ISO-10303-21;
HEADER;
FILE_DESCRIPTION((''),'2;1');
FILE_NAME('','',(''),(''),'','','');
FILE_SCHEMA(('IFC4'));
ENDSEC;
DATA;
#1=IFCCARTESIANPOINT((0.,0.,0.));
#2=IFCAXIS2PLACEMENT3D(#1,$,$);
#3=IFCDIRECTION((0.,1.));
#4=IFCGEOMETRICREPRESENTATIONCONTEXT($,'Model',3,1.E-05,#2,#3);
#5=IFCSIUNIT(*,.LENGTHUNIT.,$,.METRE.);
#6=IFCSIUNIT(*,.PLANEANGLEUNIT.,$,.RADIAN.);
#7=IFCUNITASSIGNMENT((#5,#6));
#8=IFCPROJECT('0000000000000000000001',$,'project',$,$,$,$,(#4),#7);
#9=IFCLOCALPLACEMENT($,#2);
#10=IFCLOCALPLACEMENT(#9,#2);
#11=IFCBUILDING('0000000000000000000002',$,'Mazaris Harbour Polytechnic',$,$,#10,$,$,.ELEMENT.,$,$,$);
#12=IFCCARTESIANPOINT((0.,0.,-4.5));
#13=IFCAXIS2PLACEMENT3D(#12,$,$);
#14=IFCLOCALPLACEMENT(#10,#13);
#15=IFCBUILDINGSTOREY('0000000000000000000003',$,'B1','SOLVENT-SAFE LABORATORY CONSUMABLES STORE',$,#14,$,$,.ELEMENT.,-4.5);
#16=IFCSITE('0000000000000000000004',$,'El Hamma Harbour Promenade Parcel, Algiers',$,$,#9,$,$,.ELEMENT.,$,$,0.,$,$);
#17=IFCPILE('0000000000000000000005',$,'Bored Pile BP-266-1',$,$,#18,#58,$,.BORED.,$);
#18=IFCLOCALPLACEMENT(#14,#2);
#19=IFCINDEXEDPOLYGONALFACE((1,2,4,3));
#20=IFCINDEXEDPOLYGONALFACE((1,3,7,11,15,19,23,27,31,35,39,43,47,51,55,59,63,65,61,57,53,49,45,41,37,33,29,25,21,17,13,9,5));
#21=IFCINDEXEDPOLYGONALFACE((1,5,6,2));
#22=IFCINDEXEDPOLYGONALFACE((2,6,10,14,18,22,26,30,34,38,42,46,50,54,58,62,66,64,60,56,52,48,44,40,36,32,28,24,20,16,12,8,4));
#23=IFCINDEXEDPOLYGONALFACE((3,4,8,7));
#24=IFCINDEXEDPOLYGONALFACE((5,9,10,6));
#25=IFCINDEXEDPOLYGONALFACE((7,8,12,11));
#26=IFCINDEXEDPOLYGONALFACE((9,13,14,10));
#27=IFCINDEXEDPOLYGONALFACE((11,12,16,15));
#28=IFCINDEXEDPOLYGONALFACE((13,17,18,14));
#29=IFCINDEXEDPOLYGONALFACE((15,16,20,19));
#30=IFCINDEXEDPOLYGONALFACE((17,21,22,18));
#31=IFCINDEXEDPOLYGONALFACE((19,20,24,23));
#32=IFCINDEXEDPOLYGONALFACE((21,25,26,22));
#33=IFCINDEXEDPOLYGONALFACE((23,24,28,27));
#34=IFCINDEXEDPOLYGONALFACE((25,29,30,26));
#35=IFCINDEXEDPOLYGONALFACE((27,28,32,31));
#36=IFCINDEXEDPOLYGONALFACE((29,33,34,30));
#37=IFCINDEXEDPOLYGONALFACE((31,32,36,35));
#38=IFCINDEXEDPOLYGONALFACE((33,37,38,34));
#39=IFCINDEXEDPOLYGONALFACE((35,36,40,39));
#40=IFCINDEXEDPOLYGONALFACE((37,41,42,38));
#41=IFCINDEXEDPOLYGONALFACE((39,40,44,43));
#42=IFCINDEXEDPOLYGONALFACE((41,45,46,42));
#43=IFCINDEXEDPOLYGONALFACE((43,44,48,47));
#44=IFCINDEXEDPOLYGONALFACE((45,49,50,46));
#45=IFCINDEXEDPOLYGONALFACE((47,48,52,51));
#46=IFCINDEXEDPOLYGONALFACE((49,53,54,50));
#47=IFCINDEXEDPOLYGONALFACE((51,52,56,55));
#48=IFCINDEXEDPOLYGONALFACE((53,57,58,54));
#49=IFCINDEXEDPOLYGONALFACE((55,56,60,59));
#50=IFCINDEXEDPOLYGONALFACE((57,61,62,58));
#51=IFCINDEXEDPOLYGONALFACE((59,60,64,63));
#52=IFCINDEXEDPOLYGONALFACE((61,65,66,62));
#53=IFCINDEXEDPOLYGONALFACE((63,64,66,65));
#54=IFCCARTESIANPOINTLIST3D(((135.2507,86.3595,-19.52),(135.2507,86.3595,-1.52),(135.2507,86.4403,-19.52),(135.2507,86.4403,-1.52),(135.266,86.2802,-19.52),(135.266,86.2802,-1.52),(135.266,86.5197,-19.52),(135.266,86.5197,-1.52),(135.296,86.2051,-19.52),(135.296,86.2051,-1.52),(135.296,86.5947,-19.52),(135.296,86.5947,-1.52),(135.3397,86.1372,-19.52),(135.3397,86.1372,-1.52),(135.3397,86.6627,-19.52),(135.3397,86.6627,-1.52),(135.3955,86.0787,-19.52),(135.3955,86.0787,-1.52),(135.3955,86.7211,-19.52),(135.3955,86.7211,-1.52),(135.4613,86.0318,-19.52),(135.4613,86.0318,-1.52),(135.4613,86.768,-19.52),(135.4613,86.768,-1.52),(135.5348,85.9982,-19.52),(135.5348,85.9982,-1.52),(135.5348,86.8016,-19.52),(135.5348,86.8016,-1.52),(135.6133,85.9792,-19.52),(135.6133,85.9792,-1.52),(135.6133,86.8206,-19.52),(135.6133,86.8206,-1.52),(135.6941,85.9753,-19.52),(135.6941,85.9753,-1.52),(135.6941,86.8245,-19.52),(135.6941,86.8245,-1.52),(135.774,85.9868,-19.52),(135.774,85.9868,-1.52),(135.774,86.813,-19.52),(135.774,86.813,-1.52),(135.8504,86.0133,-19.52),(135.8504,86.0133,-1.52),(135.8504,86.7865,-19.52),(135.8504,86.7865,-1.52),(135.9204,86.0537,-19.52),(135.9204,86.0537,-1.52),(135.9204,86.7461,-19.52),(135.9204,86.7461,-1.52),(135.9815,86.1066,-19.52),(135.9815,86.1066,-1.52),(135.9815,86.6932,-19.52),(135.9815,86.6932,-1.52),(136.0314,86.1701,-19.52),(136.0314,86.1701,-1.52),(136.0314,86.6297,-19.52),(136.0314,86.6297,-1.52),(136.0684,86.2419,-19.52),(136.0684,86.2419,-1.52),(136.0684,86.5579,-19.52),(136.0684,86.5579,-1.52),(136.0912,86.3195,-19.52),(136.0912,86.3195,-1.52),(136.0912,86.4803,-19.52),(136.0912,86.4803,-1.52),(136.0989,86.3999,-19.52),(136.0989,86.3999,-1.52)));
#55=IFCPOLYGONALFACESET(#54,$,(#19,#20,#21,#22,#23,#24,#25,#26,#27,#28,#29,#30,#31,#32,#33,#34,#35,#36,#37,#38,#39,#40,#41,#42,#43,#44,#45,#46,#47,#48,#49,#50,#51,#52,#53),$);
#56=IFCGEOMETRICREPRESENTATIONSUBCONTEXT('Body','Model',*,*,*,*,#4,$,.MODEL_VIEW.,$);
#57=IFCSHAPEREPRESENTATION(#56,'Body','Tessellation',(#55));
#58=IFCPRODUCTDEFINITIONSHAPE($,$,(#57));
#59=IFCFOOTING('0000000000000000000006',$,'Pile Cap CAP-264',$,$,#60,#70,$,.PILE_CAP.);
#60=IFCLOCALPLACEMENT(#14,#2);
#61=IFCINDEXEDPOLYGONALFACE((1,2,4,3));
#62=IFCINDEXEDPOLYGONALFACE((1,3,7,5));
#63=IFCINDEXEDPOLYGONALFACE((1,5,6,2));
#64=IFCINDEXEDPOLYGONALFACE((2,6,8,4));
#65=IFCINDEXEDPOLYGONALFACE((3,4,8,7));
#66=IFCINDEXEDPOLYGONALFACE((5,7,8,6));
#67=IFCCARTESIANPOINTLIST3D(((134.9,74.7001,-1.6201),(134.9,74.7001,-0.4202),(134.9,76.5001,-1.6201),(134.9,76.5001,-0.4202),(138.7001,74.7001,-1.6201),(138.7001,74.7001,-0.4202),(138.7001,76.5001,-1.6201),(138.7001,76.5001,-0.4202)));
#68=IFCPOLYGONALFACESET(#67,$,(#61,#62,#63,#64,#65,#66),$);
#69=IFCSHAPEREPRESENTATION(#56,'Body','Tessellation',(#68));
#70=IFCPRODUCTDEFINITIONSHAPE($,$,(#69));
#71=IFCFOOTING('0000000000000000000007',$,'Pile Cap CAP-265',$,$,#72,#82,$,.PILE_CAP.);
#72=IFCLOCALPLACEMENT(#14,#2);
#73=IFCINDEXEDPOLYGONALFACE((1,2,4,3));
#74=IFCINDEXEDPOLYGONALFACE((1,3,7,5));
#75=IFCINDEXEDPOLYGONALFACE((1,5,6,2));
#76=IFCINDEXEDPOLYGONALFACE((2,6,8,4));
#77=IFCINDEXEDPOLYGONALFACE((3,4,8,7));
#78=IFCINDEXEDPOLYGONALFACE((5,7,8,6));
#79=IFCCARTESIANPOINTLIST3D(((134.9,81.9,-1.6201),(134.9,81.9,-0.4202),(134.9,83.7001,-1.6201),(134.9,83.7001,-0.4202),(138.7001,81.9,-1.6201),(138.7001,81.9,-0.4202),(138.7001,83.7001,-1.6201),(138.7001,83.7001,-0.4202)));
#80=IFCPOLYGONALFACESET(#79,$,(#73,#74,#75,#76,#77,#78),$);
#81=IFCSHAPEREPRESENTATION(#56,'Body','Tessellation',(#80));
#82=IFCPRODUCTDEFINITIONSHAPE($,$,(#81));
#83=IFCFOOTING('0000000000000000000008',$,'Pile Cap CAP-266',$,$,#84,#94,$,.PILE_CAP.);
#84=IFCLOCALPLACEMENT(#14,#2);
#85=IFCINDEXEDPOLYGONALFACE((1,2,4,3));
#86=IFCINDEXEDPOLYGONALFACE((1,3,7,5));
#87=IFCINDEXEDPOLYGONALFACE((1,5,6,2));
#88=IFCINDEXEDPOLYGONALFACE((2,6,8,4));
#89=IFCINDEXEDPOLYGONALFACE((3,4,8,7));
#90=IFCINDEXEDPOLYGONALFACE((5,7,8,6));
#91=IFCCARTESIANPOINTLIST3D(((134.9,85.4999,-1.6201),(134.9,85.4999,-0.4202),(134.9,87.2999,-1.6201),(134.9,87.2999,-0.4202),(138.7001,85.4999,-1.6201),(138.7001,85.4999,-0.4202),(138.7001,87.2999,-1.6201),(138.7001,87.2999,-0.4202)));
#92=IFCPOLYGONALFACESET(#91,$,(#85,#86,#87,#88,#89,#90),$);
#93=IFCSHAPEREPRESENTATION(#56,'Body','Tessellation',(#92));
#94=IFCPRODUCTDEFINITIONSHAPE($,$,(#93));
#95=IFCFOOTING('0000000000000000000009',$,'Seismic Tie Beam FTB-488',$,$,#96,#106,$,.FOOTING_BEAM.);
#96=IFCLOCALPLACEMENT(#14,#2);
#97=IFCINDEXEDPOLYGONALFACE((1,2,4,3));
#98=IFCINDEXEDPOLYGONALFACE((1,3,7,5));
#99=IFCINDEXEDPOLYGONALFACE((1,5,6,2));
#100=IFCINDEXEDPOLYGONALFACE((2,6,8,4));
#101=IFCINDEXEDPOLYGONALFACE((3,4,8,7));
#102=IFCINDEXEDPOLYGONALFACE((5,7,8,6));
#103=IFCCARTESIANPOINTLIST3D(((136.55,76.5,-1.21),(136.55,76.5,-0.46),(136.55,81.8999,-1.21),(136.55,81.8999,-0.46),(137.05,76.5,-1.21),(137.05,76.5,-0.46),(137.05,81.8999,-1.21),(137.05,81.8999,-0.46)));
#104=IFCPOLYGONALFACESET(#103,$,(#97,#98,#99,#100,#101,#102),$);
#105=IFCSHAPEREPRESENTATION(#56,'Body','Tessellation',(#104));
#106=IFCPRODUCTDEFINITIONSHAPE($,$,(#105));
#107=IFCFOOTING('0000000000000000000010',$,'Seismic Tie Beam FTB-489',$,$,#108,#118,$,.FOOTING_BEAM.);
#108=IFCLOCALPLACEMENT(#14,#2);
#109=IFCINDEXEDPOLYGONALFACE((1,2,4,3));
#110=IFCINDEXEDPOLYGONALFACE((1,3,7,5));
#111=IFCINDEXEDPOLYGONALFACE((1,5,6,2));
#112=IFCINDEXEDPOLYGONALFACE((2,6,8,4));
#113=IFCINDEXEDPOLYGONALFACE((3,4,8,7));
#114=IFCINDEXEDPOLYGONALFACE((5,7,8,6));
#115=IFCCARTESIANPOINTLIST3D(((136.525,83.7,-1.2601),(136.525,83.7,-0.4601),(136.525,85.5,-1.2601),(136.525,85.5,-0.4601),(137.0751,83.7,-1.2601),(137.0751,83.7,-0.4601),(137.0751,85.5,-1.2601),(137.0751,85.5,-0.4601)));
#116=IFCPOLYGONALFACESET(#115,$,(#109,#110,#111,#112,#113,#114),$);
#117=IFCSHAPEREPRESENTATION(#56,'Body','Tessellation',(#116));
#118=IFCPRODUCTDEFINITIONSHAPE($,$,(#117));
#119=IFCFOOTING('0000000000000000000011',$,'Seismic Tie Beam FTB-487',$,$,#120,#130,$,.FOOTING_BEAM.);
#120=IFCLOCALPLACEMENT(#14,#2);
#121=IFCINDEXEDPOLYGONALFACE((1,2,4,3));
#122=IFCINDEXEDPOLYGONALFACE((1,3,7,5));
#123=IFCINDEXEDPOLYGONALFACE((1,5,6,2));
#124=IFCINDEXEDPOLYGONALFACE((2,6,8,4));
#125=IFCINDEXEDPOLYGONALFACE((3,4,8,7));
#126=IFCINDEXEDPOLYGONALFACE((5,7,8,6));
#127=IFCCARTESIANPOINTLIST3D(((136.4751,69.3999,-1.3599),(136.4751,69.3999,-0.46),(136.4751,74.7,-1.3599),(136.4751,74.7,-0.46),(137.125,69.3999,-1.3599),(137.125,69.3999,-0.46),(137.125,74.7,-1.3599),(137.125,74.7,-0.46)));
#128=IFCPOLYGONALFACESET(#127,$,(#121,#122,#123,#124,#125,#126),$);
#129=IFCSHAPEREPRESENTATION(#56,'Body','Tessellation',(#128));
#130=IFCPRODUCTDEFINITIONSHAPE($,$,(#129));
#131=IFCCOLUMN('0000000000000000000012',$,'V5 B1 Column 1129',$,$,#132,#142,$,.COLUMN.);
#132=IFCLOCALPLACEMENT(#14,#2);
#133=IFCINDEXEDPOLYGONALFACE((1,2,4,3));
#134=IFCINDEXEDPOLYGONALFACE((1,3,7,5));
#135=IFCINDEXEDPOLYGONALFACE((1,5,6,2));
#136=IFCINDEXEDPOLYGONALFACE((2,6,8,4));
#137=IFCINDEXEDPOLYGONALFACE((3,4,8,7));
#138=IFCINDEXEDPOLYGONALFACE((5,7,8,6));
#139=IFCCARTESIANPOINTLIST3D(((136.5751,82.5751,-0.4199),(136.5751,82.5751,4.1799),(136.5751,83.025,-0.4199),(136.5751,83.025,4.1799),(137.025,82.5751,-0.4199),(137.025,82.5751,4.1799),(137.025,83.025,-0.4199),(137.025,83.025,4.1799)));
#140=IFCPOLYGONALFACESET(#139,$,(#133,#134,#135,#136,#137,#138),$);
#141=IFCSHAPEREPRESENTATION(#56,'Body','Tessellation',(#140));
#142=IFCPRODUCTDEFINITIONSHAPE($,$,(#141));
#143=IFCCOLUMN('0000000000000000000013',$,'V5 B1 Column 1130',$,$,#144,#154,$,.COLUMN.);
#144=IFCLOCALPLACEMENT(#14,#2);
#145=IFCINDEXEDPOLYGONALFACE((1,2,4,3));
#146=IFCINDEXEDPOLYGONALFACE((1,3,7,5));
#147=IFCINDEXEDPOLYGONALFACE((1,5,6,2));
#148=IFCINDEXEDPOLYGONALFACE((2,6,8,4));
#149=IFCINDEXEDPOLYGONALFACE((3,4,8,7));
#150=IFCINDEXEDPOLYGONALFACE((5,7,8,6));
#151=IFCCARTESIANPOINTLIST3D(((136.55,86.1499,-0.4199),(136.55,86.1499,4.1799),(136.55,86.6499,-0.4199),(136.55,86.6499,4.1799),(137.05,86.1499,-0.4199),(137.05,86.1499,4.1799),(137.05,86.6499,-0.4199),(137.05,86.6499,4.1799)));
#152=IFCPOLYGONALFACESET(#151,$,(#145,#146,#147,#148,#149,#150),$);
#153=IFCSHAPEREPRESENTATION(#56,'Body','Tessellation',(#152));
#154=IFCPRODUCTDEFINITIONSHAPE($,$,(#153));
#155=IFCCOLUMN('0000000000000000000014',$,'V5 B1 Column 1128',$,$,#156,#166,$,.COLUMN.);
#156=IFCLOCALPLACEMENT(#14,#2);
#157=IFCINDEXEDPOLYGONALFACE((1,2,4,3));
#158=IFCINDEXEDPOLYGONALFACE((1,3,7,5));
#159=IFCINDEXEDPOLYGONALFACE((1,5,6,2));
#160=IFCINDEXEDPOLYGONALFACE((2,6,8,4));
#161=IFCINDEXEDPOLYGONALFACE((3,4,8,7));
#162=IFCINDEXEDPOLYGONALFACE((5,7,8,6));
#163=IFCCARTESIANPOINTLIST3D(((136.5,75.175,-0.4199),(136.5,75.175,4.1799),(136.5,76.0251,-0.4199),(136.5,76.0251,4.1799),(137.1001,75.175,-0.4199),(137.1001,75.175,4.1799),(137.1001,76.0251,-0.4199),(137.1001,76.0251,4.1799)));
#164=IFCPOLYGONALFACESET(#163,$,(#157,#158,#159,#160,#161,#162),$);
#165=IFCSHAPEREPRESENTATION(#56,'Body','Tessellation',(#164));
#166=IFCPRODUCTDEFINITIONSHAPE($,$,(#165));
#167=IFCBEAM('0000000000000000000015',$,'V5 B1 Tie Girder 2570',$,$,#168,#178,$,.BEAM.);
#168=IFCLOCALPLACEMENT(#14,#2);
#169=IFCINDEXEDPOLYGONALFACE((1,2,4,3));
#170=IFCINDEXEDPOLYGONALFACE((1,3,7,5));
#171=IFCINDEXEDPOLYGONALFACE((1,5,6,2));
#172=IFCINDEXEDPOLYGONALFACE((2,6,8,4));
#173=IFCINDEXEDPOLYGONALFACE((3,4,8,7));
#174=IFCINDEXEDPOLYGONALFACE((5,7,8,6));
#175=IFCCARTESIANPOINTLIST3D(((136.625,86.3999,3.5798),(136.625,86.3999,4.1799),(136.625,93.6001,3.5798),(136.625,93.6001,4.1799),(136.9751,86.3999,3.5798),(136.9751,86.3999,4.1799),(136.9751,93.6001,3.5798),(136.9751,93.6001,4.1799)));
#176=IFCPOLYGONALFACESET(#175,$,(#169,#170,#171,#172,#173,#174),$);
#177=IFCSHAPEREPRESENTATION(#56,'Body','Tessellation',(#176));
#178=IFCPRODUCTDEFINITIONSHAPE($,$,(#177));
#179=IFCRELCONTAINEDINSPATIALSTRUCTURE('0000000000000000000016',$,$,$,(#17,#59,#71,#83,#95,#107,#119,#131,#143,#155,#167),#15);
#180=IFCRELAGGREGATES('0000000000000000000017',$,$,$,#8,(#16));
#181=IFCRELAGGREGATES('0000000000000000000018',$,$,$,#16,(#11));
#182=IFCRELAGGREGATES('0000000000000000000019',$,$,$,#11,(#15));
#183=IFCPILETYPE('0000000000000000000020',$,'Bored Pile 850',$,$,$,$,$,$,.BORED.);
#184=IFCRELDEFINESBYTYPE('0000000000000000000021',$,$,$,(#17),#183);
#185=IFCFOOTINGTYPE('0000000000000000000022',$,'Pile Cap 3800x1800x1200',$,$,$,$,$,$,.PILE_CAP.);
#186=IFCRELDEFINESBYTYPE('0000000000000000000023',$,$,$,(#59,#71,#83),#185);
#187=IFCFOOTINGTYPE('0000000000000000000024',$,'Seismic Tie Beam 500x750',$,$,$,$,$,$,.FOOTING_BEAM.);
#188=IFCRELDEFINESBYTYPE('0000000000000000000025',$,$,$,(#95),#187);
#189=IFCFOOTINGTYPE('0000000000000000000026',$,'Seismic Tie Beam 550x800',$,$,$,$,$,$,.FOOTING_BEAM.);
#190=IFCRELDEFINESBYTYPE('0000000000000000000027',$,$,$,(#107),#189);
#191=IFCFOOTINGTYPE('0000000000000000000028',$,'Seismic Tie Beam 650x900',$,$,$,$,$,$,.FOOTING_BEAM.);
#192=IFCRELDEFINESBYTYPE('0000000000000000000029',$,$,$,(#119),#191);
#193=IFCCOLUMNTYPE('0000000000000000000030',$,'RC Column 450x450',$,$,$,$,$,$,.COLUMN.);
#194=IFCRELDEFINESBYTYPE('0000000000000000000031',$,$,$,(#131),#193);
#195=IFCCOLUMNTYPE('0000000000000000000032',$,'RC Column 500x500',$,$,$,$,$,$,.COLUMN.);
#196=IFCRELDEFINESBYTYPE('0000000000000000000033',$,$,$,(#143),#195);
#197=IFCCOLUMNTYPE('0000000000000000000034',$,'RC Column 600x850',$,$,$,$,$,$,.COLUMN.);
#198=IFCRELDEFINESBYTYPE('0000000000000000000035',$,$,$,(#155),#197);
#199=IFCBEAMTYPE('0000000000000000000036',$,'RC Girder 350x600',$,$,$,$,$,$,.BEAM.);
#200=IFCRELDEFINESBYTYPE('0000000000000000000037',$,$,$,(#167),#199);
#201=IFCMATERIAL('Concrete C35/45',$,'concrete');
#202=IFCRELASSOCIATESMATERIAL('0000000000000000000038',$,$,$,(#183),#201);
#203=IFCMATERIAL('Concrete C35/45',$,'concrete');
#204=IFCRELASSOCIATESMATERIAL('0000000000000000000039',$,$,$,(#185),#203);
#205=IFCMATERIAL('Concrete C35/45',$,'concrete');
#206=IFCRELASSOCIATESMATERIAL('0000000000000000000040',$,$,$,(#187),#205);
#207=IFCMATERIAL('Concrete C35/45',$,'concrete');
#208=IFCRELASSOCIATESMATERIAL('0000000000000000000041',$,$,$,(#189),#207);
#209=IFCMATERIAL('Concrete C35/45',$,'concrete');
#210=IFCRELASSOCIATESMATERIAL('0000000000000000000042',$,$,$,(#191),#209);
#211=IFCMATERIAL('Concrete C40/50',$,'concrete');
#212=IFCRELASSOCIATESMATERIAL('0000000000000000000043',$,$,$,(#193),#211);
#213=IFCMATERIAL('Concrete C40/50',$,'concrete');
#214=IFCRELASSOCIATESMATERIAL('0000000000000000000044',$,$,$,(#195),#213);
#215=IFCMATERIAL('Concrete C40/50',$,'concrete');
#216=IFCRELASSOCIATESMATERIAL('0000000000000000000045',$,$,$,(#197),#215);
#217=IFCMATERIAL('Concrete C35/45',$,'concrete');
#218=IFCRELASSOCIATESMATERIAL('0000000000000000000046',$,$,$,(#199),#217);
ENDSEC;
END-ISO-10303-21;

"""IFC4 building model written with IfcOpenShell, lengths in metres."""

from ifc_helpers import new_model, si_unit, direction, frame, origin, origin_2d, place, context, subcontext, project, spatial, rectangle, circle, extrude, material, material_profile, profile_set, type_object, element, save


model = new_model("IFC4")

# Units and contexts
model_context = context("Model", 3, precision=1e-05, world=origin(), true_north=direction((0.0, 1.0)))
body_context = subcontext(model_context, "Body", "Model", "MODEL_VIEW")
ifc_project = project(units=[si_unit("LENGTHUNIT", "METRE"), si_unit("PLANEANGLEUNIT", "RADIAN")], contexts=[model_context])

# Site, building, storey
site_placement = place(None, origin())
site = spatial("IfcSite", under=ifc_project, at=site_placement, Name="El Hamma Harbour Promenade Parcel, Algiers", CompositionType="ELEMENT", RefElevation=0.0)
building_placement = place(site_placement, origin())
building = spatial("IfcBuilding", under=site, at=building_placement, Name="Mazaris Harbour Polytechnic", CompositionType="ELEMENT")
storey_placement = place(building_placement, frame((0.0, 0.0, -4.5)))
storey = spatial("IfcBuildingStorey", under=building, at=storey_placement, Name="B1", Description="SOLVENT-SAFE LABORATORY CONSUMABLES STORE", CompositionType="ELEMENT", Elevation=-4.5)

# Pile
ifc_material_1 = material(Name="Concrete C35/45", Category="concrete")
ifc_material_profile_1 = material_profile(ifc_material_1, circle(Radius=0.425, at=origin_2d()), Name="DIA850")
ifc_profile_set_1 = profile_set([ifc_material_profile_1], Name="Concrete C35/45")
pile_type = type_object("IfcPileType", Name="Bored Pile 850", PredefinedType="BORED", material=ifc_profile_set_1)
for number, where, z_axis, x_axis, name in (
    (1, (135.6738, 86.3999, -1.52), (0.0, 0.0, -1.0), (1.0, 0.0, 0.0), "Bored Pile BP-266-1"),
):
    element("IfcPile", number, at=place(storey_placement, frame(where, z_axis=z_axis, x_axis=x_axis)), inside=storey, type_object=pile_type, Name=name, PredefinedType="BORED", context=body_context, shape_type="SweptSolid", body=[
        extrude(circle(Radius=0.425, at=origin_2d()), origin(), (0.0, 0.0, 1.0), 18.0),
    ])

# Footings
ifc_material_2 = material(Name="Concrete C35/45", Category="concrete")
footing_type_1 = type_object("IfcFootingType", Name="Pile Cap 3800x1800x1200", PredefinedType="PILE_CAP", material=ifc_material_2)
for number, where, z_axis, x_axis, name in (
    (2, (136.8, 75.6001, -1.6201), (0.0, 0.0, 1.0), (1.0, 0.0, 0.0), "Pile Cap CAP-264"),
    (3, (136.8, 82.8, -1.6201), (0.0, 0.0, 1.0), (1.0, 0.0, 0.0), "Pile Cap CAP-265"),
    (4, (136.8, 86.3999, -1.6201), (0.0, 0.0, 1.0), (1.0, 0.0, 0.0), "Pile Cap CAP-266"),
):
    element("IfcFooting", number, at=place(storey_placement, frame(where, z_axis=z_axis, x_axis=x_axis)), inside=storey, type_object=footing_type_1, Name=name, PredefinedType="PILE_CAP", context=body_context, shape_type="SweptSolid", body=[
        extrude(rectangle(XDim=3.8, YDim=1.8, at=origin_2d()), origin(), (0.0, 0.0, 1.0), 1.2),
    ])
ifc_material_3 = material(Name="Concrete C35/45", Category="concrete")
ifc_material_profile_2 = material_profile(ifc_material_3, rectangle(XDim=0.5, YDim=0.75, at=origin_2d()), Name="RECT500x750")
ifc_profile_set_2 = profile_set([ifc_material_profile_2], Name="Concrete C35/45")
footing_type_2 = type_object("IfcFootingType", Name="Seismic Tie Beam 500x750", PredefinedType="FOOTING_BEAM", material=ifc_profile_set_2)
footing_1_placement = place(storey_placement, frame((136.8, 76.5, -0.835), z_axis=(0.0, 1.0, 0.0), x_axis=(-1.0, 0.0, 0.0)))
element("IfcFooting", 5, at=footing_1_placement, inside=storey, type_object=footing_type_2, Name="Seismic Tie Beam FTB-488", PredefinedType="FOOTING_BEAM", context=body_context, shape_type="SweptSolid", body=[
    extrude(rectangle(XDim=0.5, YDim=0.75, at=origin_2d()), origin(), (0.0, 0.0, 1.0), 5.3999),
])
ifc_material_4 = material(Name="Concrete C35/45", Category="concrete")
ifc_material_profile_3 = material_profile(ifc_material_4, rectangle(XDim=0.55, YDim=0.8, at=origin_2d()), Name="RECT550x800")
ifc_profile_set_3 = profile_set([ifc_material_profile_3], Name="Concrete C35/45")
footing_type_3 = type_object("IfcFootingType", Name="Seismic Tie Beam 550x800", PredefinedType="FOOTING_BEAM", material=ifc_profile_set_3)
footing_2_placement = place(storey_placement, frame((136.8, 83.7, -0.8601), z_axis=(0.0, 1.0, 0.0), x_axis=(-1.0, 0.0, 0.0)))
element("IfcFooting", 6, at=footing_2_placement, inside=storey, type_object=footing_type_3, Name="Seismic Tie Beam FTB-489", PredefinedType="FOOTING_BEAM", context=body_context, shape_type="SweptSolid", body=[
    extrude(rectangle(XDim=0.55, YDim=0.8, at=origin_2d()), origin(), (0.0, 0.0, 1.0), 1.8),
])
ifc_material_5 = material(Name="Concrete C35/45", Category="concrete")
ifc_material_profile_4 = material_profile(ifc_material_5, rectangle(XDim=0.6499, YDim=0.8999, at=origin_2d()), Name="RECT650x900")
ifc_profile_set_4 = profile_set([ifc_material_profile_4], Name="Concrete C35/45")
footing_type_4 = type_object("IfcFootingType", Name="Seismic Tie Beam 650x900", PredefinedType="FOOTING_BEAM", material=ifc_profile_set_4)
footing_3_placement = place(storey_placement, frame((136.8, 69.3999, -0.9099), z_axis=(0.0, 1.0, 0.0), x_axis=(-1.0, 0.0, 0.0)))
element("IfcFooting", 7, at=footing_3_placement, inside=storey, type_object=footing_type_4, Name="Seismic Tie Beam FTB-487", PredefinedType="FOOTING_BEAM", context=body_context, shape_type="SweptSolid", body=[
    extrude(rectangle(XDim=0.6499, YDim=0.8999, at=origin_2d()), origin(), (0.0, 0.0, 1.0), 5.3),
])

# Columns
ifc_material_6 = material(Name="Concrete C40/50", Category="concrete")
ifc_material_profile_5 = material_profile(ifc_material_6, rectangle(XDim=0.45, YDim=0.45, at=origin_2d()), Name="RECT450x450")
ifc_profile_set_5 = profile_set([ifc_material_profile_5], Name="Concrete C40/50")
column_type_1 = type_object("IfcColumnType", Name="RC Column 450x450", PredefinedType="COLUMN", material=ifc_profile_set_5)
column_1_placement = place(storey_placement, frame((136.8, 82.8, -0.4199), z_axis=(0.0, 0.0, 1.0), x_axis=(1.0, 0.0, 0.0)))
element("IfcColumn", 8, at=column_1_placement, inside=storey, type_object=column_type_1, Name="V5 B1 Column 1129", PredefinedType="COLUMN", context=body_context, shape_type="SweptSolid", body=[
    extrude(rectangle(XDim=0.45, YDim=0.45, at=origin_2d()), origin(), (0.0, 0.0, 1.0), 4.5999),
])
ifc_material_7 = material(Name="Concrete C40/50", Category="concrete")
ifc_material_profile_6 = material_profile(ifc_material_7, rectangle(XDim=0.5, YDim=0.5, at=origin_2d()), Name="RECT500x500")
ifc_profile_set_6 = profile_set([ifc_material_profile_6], Name="Concrete C40/50")
column_type_2 = type_object("IfcColumnType", Name="RC Column 500x500", PredefinedType="COLUMN", material=ifc_profile_set_6)
column_2_placement = place(storey_placement, frame((136.8, 86.3999, -0.4199), z_axis=(0.0, 0.0, 1.0), x_axis=(1.0, 0.0, 0.0)))
element("IfcColumn", 9, at=column_2_placement, inside=storey, type_object=column_type_2, Name="V5 B1 Column 1130", PredefinedType="COLUMN", context=body_context, shape_type="SweptSolid", body=[
    extrude(rectangle(XDim=0.5, YDim=0.5, at=origin_2d()), origin(), (0.0, 0.0, 1.0), 4.5999),
])
ifc_material_8 = material(Name="Concrete C40/50", Category="concrete")
ifc_material_profile_7 = material_profile(ifc_material_8, rectangle(XDim=0.6001, YDim=0.8501, at=origin_2d()), Name="RECT600x850")
ifc_profile_set_7 = profile_set([ifc_material_profile_7], Name="Concrete C40/50")
column_type_3 = type_object("IfcColumnType", Name="RC Column 600x850", PredefinedType="COLUMN", material=ifc_profile_set_7)
column_3_placement = place(storey_placement, frame((136.8, 75.6001, -0.4199), z_axis=(0.0, 0.0, 1.0), x_axis=(1.0, 0.0, 0.0)))
element("IfcColumn", 10, at=column_3_placement, inside=storey, type_object=column_type_3, Name="V5 B1 Column 1128", PredefinedType="COLUMN", context=body_context, shape_type="SweptSolid", body=[
    extrude(rectangle(XDim=0.6001, YDim=0.8501, at=origin_2d()), origin(), (0.0, 0.0, 1.0), 4.5999),
])

# Beam
ifc_material_9 = material(Name="Concrete C35/45", Category="concrete")
ifc_material_profile_8 = material_profile(ifc_material_9, rectangle(XDim=0.3501, YDim=0.6001, at=origin_2d()), Name="RECT350x600")
ifc_profile_set_8 = profile_set([ifc_material_profile_8], Name="Concrete C35/45")
beam_type_1 = type_object("IfcBeamType", Name="RC Girder 350x600", PredefinedType="BEAM", material=ifc_profile_set_8)
beam_1_placement = place(storey_placement, frame((136.8, 86.3999, 3.8799), z_axis=(0.0, 1.0, 0.0), x_axis=(-1.0, 0.0, 0.0)))
element("IfcBeam", 11, at=beam_1_placement, inside=storey, type_object=beam_type_1, Name="V5 B1 Tie Girder 2570", PredefinedType="BEAM", context=body_context, shape_type="SweptSolid", body=[
    extrude(rectangle(XDim=0.3501, YDim=0.6001, at=origin_2d()), origin(), (0.0, 0.0, 1.0), 7.2002),
])

save(model, "model.ifc")
